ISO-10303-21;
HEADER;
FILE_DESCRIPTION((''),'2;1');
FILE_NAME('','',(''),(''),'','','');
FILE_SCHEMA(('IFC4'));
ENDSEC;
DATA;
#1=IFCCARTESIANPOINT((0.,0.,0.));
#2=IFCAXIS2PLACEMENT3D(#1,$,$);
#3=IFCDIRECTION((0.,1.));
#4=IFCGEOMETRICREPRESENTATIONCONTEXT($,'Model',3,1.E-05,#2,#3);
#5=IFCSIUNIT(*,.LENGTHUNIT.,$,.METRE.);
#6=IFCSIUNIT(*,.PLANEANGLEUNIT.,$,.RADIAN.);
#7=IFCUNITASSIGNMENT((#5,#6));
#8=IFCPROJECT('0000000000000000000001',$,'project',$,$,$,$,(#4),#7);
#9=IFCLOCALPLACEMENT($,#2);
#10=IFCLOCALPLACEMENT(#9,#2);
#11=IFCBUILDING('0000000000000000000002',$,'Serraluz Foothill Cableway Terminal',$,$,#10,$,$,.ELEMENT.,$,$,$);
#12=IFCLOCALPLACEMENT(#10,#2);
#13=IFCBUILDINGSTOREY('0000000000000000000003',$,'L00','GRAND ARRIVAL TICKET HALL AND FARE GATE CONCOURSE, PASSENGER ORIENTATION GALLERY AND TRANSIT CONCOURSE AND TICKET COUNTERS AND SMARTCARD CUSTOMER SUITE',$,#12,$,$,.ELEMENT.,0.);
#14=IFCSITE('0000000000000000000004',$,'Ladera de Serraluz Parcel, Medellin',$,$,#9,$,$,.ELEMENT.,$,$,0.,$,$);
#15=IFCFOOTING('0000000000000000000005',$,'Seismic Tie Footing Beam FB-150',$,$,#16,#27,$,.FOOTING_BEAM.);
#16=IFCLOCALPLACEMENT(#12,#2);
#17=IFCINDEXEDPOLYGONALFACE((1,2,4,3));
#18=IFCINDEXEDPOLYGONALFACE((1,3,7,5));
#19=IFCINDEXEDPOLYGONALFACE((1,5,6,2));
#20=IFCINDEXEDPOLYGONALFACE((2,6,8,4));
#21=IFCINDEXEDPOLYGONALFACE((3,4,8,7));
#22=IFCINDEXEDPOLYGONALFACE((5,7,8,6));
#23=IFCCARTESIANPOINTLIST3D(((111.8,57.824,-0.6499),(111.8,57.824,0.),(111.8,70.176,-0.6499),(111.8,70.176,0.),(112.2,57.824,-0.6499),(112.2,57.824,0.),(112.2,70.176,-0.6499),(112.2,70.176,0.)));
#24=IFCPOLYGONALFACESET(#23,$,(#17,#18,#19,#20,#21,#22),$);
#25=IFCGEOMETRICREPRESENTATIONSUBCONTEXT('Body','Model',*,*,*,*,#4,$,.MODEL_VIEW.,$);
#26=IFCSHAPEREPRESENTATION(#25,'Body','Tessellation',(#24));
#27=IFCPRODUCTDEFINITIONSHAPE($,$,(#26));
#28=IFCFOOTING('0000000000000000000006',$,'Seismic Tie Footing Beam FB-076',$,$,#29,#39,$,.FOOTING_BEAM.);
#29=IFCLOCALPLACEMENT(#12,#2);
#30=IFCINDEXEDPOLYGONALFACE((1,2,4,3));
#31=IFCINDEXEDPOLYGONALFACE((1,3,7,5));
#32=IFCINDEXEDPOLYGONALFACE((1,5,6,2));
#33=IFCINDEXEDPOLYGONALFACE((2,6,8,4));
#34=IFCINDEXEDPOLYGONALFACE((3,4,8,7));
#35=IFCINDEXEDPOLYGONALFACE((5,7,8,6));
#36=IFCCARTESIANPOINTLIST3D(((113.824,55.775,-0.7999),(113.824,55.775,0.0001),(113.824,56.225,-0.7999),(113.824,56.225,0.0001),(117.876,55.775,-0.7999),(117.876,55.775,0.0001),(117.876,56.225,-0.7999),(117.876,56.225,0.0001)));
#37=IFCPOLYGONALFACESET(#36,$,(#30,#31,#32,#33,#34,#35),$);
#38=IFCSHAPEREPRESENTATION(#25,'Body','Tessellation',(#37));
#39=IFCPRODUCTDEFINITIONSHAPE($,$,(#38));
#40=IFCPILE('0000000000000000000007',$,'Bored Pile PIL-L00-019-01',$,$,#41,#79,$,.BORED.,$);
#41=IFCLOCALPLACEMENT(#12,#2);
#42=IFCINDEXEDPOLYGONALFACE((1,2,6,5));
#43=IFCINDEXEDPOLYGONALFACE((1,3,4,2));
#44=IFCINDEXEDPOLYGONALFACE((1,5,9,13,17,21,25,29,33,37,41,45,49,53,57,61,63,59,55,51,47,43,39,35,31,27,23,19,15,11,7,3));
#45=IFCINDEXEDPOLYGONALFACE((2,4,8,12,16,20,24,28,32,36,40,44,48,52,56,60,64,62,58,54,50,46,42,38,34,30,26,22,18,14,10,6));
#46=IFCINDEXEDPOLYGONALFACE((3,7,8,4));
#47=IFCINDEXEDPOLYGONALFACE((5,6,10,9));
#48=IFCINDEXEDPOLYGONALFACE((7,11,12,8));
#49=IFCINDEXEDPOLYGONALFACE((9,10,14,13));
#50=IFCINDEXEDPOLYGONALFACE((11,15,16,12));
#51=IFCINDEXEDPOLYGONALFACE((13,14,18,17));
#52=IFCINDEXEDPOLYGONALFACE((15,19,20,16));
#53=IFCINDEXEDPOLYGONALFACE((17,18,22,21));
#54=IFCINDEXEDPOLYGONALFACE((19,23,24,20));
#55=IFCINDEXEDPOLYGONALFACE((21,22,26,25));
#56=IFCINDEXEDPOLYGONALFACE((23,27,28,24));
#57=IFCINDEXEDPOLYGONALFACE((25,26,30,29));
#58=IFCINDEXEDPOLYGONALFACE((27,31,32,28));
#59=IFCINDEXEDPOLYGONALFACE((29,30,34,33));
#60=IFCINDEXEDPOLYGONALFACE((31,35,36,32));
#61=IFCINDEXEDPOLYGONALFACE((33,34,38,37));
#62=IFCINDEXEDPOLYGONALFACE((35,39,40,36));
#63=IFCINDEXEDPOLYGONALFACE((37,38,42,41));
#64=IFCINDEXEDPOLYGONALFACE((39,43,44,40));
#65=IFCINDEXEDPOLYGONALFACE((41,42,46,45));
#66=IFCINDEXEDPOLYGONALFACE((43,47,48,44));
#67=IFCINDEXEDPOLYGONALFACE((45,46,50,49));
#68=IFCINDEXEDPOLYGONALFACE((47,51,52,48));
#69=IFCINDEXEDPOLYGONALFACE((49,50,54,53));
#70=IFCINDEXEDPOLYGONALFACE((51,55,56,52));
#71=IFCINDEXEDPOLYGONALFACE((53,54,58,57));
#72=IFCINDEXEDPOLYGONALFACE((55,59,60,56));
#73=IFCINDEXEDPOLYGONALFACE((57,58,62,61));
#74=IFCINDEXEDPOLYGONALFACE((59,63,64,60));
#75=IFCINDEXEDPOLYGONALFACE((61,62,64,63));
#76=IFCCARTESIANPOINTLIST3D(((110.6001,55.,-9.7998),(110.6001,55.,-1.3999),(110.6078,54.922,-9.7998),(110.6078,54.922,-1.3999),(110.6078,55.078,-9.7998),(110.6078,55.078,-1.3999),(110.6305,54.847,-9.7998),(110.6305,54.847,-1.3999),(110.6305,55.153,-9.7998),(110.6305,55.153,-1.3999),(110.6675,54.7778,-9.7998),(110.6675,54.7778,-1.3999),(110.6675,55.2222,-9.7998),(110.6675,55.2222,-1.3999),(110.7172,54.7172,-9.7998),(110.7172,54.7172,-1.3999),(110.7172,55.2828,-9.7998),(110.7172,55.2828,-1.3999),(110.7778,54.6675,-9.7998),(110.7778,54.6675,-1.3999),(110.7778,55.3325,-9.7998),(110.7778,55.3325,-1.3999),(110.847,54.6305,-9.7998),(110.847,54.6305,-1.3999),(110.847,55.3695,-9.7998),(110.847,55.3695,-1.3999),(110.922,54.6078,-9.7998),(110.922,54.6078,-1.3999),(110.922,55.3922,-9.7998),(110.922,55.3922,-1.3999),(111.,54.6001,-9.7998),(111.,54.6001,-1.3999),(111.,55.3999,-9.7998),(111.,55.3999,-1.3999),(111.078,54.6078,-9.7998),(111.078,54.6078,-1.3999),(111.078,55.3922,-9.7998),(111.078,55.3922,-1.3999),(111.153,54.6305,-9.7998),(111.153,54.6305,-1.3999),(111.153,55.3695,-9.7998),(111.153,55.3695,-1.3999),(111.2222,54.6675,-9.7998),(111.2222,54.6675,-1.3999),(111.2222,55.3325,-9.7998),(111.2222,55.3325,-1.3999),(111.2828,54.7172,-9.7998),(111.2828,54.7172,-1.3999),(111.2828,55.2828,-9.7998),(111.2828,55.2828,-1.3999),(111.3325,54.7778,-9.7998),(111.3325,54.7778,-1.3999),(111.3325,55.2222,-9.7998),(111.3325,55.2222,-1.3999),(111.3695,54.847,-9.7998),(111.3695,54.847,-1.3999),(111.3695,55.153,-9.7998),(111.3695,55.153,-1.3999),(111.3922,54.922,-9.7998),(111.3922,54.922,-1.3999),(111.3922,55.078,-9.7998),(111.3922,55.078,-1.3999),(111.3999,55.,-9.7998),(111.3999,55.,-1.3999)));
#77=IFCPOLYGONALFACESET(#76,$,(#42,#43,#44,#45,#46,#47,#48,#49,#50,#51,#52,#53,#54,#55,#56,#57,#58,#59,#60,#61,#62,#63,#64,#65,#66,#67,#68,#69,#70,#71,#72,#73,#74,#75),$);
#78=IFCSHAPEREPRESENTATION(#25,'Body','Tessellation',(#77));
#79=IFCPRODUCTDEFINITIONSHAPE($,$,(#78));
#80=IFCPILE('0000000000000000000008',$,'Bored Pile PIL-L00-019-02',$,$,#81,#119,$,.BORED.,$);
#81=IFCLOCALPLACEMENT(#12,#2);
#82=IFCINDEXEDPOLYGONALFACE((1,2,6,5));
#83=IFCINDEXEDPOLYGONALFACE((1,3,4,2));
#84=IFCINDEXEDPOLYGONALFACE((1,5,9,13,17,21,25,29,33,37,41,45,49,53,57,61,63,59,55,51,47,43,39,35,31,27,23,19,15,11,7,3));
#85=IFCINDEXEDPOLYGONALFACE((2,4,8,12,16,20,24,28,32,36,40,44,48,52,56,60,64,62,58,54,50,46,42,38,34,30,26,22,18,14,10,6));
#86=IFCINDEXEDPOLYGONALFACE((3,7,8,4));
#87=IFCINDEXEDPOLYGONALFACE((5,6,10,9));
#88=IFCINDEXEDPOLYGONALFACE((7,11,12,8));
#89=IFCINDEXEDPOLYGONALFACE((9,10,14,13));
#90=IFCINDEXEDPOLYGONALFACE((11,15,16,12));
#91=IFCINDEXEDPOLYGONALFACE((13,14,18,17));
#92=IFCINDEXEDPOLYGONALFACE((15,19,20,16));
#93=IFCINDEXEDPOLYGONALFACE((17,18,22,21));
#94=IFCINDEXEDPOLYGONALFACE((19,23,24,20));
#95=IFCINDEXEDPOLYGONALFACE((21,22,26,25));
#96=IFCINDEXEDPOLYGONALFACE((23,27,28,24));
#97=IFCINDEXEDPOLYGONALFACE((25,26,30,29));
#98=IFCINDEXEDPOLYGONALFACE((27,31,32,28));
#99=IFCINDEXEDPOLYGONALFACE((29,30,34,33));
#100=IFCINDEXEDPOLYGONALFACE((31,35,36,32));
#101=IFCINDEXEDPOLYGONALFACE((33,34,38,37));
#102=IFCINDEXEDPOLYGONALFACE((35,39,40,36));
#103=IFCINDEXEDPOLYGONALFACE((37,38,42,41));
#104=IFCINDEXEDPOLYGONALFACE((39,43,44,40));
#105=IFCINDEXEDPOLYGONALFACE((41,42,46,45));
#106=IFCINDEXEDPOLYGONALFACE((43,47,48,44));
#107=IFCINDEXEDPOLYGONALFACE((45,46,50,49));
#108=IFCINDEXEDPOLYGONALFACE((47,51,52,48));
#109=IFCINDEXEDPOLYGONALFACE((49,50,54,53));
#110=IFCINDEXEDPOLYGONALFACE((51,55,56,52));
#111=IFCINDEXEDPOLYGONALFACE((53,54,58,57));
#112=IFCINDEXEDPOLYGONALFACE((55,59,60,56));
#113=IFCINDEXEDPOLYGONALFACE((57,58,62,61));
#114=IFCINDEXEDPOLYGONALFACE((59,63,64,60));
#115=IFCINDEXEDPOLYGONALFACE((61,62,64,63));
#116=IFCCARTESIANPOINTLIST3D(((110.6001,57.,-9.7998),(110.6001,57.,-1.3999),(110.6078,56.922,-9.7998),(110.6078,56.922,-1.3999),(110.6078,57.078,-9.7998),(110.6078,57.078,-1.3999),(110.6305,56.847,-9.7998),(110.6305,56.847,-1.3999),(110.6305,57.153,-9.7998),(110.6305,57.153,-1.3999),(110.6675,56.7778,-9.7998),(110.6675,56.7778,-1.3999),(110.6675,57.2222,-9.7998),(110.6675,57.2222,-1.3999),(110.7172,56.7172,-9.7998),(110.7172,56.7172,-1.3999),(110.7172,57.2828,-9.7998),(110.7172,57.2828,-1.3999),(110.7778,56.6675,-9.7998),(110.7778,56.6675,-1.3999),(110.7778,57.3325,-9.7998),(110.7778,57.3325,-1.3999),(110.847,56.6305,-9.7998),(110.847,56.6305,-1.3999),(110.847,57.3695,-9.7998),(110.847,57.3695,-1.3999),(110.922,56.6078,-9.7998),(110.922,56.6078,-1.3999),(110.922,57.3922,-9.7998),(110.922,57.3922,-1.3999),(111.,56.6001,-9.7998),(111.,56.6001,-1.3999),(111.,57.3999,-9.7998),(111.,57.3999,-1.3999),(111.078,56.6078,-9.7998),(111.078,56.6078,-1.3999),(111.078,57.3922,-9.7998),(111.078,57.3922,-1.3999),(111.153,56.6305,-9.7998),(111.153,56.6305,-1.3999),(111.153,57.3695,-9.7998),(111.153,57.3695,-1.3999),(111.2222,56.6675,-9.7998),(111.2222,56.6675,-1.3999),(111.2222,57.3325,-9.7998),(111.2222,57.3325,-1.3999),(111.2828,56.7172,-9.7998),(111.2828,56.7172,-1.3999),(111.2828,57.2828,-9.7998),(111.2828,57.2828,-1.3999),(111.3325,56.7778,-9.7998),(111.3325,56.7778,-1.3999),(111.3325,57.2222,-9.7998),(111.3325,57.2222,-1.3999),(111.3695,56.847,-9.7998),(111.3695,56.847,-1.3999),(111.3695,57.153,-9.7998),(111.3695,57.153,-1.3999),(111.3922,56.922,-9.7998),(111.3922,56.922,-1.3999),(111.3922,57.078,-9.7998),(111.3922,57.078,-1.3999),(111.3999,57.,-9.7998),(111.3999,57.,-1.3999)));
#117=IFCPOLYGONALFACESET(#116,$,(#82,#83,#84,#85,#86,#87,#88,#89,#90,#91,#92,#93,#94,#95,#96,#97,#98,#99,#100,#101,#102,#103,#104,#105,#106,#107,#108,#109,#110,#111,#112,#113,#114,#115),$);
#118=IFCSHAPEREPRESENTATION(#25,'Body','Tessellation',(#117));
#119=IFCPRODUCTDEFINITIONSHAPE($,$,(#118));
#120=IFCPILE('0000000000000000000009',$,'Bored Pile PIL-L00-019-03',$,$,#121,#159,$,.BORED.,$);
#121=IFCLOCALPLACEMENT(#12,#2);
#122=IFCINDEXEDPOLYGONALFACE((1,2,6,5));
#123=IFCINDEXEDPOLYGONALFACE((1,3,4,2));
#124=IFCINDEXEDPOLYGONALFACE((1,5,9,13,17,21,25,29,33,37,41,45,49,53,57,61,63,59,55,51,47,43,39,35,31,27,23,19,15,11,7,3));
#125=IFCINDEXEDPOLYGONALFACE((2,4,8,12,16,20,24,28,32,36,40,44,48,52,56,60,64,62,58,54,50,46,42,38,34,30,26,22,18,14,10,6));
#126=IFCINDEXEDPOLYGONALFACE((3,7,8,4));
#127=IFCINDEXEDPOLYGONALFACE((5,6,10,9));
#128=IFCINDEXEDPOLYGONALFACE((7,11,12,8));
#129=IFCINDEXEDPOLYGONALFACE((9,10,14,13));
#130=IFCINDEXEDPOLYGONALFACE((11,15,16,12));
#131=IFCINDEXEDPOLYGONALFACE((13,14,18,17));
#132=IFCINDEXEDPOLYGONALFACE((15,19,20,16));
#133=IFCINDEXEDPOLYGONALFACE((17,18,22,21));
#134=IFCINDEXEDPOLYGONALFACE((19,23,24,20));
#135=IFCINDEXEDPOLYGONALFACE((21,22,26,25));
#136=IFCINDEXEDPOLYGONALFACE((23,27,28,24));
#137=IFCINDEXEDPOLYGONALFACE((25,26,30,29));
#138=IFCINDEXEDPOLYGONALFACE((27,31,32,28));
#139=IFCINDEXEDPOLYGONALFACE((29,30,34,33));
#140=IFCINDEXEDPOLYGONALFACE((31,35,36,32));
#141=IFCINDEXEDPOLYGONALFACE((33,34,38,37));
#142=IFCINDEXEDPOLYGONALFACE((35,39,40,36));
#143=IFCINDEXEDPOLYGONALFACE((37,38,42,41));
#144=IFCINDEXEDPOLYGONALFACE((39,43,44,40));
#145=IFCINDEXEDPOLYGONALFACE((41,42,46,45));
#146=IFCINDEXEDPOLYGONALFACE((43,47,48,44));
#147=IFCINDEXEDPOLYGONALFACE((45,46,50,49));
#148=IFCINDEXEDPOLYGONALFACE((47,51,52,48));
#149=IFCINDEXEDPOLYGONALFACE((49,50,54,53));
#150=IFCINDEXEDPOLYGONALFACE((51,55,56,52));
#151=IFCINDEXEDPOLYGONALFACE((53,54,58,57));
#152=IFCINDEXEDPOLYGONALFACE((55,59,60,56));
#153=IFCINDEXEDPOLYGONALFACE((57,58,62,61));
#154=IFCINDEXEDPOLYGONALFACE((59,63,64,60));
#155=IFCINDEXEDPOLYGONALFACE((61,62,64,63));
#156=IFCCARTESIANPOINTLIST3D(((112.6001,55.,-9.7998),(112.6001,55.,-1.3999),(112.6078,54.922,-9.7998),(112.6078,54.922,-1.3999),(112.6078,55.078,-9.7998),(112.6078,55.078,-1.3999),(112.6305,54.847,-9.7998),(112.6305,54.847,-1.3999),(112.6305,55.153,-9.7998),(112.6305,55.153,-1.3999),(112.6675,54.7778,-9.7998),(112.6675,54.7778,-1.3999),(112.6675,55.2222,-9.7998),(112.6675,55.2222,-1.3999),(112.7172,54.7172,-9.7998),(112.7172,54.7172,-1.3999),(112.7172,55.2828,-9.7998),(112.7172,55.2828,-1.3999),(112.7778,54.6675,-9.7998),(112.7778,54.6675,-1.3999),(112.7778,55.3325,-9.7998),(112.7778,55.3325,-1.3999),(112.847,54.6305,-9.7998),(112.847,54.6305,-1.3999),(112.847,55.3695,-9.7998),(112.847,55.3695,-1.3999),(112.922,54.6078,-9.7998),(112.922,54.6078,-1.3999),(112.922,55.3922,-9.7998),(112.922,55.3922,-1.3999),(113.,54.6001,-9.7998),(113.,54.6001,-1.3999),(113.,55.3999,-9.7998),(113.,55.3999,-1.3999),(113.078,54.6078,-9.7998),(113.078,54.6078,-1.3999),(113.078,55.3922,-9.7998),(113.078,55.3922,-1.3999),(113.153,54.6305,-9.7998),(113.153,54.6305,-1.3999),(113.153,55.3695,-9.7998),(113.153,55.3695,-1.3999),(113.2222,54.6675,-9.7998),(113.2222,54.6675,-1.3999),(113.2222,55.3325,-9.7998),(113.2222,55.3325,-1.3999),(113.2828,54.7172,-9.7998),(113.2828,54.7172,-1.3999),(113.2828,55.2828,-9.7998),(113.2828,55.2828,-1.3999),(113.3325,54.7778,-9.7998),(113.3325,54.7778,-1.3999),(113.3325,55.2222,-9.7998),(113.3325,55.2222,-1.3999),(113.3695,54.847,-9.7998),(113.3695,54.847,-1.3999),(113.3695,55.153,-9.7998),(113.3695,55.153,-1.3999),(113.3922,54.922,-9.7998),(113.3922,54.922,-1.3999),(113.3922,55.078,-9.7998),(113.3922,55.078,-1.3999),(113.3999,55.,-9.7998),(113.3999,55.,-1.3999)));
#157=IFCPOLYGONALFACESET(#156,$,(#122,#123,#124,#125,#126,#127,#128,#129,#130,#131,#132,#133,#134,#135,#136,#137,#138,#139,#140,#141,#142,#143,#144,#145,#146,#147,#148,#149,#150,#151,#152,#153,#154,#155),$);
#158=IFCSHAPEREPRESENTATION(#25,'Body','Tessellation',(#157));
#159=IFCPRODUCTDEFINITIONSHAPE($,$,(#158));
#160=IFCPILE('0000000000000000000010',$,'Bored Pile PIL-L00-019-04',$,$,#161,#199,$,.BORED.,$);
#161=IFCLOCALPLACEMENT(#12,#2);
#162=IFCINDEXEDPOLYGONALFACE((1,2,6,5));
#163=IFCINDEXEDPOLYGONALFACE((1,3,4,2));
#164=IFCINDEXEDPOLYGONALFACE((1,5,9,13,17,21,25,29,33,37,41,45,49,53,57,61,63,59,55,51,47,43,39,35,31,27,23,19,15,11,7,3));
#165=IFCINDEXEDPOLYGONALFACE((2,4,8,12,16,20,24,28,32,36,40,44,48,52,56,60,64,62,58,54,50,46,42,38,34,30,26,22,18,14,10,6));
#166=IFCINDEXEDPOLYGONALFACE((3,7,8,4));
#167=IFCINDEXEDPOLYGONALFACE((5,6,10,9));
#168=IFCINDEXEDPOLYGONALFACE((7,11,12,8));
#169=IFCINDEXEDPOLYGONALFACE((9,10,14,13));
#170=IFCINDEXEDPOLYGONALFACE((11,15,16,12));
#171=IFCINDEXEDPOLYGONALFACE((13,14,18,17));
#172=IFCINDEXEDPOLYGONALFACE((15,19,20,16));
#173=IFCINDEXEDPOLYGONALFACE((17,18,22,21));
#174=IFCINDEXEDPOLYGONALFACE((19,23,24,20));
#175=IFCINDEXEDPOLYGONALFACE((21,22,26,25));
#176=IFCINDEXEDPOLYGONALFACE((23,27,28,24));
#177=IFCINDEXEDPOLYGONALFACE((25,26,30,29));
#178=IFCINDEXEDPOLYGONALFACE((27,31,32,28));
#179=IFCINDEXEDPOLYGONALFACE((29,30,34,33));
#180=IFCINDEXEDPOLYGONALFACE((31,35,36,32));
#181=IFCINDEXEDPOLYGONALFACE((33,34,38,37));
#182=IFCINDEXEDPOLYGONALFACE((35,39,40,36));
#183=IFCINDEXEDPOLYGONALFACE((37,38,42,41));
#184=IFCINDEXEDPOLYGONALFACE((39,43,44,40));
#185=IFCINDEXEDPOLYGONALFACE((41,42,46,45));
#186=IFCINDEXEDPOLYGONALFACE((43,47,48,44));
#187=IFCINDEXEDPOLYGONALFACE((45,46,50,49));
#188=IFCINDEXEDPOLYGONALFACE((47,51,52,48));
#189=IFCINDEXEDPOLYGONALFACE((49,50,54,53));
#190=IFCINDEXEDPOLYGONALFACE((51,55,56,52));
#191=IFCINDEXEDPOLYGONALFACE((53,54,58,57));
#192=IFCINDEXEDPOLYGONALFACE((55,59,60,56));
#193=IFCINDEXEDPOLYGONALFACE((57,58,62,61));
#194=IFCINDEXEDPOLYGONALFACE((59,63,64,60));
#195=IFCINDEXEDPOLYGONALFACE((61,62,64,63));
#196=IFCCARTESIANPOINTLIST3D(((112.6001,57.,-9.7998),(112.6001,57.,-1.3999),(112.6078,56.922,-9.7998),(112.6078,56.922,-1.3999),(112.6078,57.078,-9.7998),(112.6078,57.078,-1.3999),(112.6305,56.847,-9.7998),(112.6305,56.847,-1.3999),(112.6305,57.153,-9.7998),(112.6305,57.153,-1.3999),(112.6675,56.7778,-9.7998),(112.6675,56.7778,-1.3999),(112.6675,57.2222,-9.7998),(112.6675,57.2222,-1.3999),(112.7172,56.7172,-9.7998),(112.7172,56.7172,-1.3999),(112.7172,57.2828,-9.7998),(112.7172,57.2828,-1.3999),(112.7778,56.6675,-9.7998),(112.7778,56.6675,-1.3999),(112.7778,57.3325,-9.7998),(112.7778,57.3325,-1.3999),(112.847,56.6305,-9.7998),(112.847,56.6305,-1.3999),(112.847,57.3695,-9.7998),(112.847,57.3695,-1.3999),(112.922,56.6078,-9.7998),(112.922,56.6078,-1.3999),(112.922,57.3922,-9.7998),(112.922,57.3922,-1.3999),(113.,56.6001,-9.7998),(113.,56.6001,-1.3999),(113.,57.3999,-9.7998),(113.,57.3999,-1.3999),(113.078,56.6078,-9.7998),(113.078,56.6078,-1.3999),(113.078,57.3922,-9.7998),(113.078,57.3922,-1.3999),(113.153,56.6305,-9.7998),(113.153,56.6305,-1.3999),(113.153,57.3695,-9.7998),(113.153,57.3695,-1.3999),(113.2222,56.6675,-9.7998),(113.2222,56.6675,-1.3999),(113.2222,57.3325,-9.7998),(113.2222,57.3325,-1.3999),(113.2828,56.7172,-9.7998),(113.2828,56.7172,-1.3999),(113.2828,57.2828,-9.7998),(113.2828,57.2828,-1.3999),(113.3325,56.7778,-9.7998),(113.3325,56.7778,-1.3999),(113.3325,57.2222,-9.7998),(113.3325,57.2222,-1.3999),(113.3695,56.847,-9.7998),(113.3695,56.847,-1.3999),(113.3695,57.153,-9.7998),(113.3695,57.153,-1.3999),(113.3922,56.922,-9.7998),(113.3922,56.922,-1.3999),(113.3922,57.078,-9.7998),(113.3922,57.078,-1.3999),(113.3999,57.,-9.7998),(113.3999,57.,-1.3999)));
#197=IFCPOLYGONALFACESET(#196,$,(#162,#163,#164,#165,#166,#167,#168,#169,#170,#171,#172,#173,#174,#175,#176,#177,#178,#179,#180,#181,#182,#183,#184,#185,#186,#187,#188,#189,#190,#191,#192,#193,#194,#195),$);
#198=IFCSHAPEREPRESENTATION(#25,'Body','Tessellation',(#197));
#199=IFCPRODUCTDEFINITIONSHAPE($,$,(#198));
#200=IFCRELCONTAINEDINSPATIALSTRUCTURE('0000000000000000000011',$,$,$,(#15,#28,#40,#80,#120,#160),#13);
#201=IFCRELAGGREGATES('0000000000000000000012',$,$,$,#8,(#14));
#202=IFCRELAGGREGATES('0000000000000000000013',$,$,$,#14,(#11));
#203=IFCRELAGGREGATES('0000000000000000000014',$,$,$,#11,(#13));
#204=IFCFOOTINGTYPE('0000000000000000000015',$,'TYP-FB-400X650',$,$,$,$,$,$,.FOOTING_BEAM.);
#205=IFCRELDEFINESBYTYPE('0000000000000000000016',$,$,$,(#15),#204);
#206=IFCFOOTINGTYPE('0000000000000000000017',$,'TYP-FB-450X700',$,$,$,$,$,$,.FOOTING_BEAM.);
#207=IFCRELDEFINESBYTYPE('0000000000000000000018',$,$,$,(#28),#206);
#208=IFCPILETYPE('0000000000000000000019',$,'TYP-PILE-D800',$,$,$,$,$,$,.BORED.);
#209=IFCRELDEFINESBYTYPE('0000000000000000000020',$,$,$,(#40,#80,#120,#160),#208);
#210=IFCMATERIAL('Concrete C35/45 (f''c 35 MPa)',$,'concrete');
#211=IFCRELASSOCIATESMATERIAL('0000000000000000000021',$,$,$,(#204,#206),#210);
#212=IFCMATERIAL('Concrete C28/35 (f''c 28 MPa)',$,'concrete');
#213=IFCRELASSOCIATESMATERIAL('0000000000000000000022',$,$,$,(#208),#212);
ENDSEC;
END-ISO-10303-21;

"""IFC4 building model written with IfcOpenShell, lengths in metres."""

from ifc_helpers import new_model, si_unit, direction, frame, origin, origin_2d, place, context, subcontext, project, spatial, rectangle, circle, extrude, material, material_profile, profile_set, type_object, element, save


model = new_model("IFC4")

# Units and contexts
model_context = context("Model", 3, precision=1e-05, world=origin(), true_north=direction((0.0, 1.0)))
body_context = subcontext(model_context, "Body", "Model", "MODEL_VIEW")
ifc_project = project(units=[si_unit("LENGTHUNIT", "METRE"), si_unit("PLANEANGLEUNIT", "RADIAN")], contexts=[model_context])

# Site, building, storey
site_placement = place(None, origin())
site = spatial("IfcSite", under=ifc_project, at=site_placement, Name="Ladera de Serraluz Parcel, Medellin", CompositionType="ELEMENT", RefElevation=0.0)
building_placement = place(site_placement, origin())
building = spatial("IfcBuilding", under=site, at=building_placement, Name="Serraluz Foothill Cableway Terminal", CompositionType="ELEMENT")
storey_placement = place(building_placement, origin())
storey = spatial("IfcBuildingStorey", under=building, at=storey_placement, Name="L00", Description="GRAND ARRIVAL TICKET HALL AND FARE GATE CONCOURSE, PASSENGER ORIENTATION GALLERY AND TRANSIT CONCOURSE AND TICKET COUNTERS AND SMARTCARD CUSTOMER SUITE", CompositionType="ELEMENT", Elevation=0.0)

# Footings
ifc_material_1 = material(Name="Concrete C35/45 (f'c 35 MPa)", Category="concrete")
ifc_material_profile_1 = material_profile(ifc_material_1, rectangle(XDim=0.3999, YDim=0.6499, at=origin_2d()), Name="RC 400x650")
ifc_profile_set_1 = profile_set([ifc_material_profile_1], Name="Concrete C35/45 (f'c 35 MPa)")
footing_type_1 = type_object("IfcFootingType", Name="TYP-FB-400X650", PredefinedType="FOOTING_BEAM", material=ifc_profile_set_1)
footing_1_placement = place(storey_placement, frame((112.0, 57.824, -0.325), z_axis=(0.0, 1.0, 0.0), x_axis=(-1.0, 0.0, 0.0)))
element("IfcFooting", 1, at=footing_1_placement, inside=storey, type_object=footing_type_1, Name="Seismic Tie Footing Beam FB-150", PredefinedType="FOOTING_BEAM", context=body_context, shape_type="SweptSolid", body=[
    extrude(rectangle(XDim=0.3999, YDim=0.6499, at=origin_2d()), origin(), (0.0, 0.0, 1.0), 12.3521),
])
ifc_material_profile_2 = material_profile(ifc_material_1, rectangle(XDim=0.45, YDim=0.8, at=origin_2d()), Name="RC 450x800")
ifc_profile_set_2 = profile_set([ifc_material_profile_2], Name="Concrete C35/45 (f'c 35 MPa)")
footing_type_2 = type_object("IfcFootingType", Name="TYP-FB-450X700", PredefinedType="FOOTING_BEAM", material=ifc_profile_set_2)
footing_2_placement = place(storey_placement, frame((113.824, 56.0, -0.3999), z_axis=(1.0, 0.0, 0.0), x_axis=(0.0, 1.0, 0.0)))
element("IfcFooting", 2, at=footing_2_placement, inside=storey, type_object=footing_type_2, Name="Seismic Tie Footing Beam FB-076", PredefinedType="FOOTING_BEAM", context=body_context, shape_type="SweptSolid", body=[
    extrude(rectangle(XDim=0.45, YDim=0.8, at=origin_2d()), origin(), (0.0, 0.0, 1.0), 4.052),
])

# Piles
ifc_material_2 = material(Name="Concrete C28/35 (f'c 28 MPa)", Category="concrete")
ifc_material_profile_3 = material_profile(ifc_material_2, circle(Radius=0.3999, at=origin_2d()), Name="BORED PILE D800")
ifc_profile_set_3 = profile_set([ifc_material_profile_3], Name="Concrete C28/35 (f'c 28 MPa)")
pile_type_1 = type_object("IfcPileType", Name="TYP-PILE-D800", PredefinedType="BORED", material=ifc_profile_set_3)
for number, where, z_axis, x_axis, name in (
    (3, (111.0, 55.0, -1.3999), (0.0, 0.0, -1.0), (1.0, 0.0, 0.0), "Bored Pile PIL-L00-019-01"),
    (4, (111.0, 57.0, -1.3999), (0.0, 0.0, -1.0), (1.0, 0.0, 0.0), "Bored Pile PIL-L00-019-02"),
    (5, (113.0, 55.0, -1.3999), (0.0, 0.0, -1.0), (1.0, 0.0, 0.0), "Bored Pile PIL-L00-019-03"),
    (6, (113.0, 57.0, -1.3999), (0.0, 0.0, -1.0), (1.0, 0.0, 0.0), "Bored Pile PIL-L00-019-04"),
):
    element("IfcPile", number, at=place(storey_placement, frame(where, z_axis=z_axis, x_axis=x_axis)), inside=storey, type_object=pile_type_1, Name=name, PredefinedType="BORED", context=body_context, shape_type="SweptSolid", body=[
        extrude(circle(Radius=0.3999, at=origin_2d()), origin(), (0.0, 0.0, 1.0), 8.3999),
    ])

save(model, "model.ifc")
